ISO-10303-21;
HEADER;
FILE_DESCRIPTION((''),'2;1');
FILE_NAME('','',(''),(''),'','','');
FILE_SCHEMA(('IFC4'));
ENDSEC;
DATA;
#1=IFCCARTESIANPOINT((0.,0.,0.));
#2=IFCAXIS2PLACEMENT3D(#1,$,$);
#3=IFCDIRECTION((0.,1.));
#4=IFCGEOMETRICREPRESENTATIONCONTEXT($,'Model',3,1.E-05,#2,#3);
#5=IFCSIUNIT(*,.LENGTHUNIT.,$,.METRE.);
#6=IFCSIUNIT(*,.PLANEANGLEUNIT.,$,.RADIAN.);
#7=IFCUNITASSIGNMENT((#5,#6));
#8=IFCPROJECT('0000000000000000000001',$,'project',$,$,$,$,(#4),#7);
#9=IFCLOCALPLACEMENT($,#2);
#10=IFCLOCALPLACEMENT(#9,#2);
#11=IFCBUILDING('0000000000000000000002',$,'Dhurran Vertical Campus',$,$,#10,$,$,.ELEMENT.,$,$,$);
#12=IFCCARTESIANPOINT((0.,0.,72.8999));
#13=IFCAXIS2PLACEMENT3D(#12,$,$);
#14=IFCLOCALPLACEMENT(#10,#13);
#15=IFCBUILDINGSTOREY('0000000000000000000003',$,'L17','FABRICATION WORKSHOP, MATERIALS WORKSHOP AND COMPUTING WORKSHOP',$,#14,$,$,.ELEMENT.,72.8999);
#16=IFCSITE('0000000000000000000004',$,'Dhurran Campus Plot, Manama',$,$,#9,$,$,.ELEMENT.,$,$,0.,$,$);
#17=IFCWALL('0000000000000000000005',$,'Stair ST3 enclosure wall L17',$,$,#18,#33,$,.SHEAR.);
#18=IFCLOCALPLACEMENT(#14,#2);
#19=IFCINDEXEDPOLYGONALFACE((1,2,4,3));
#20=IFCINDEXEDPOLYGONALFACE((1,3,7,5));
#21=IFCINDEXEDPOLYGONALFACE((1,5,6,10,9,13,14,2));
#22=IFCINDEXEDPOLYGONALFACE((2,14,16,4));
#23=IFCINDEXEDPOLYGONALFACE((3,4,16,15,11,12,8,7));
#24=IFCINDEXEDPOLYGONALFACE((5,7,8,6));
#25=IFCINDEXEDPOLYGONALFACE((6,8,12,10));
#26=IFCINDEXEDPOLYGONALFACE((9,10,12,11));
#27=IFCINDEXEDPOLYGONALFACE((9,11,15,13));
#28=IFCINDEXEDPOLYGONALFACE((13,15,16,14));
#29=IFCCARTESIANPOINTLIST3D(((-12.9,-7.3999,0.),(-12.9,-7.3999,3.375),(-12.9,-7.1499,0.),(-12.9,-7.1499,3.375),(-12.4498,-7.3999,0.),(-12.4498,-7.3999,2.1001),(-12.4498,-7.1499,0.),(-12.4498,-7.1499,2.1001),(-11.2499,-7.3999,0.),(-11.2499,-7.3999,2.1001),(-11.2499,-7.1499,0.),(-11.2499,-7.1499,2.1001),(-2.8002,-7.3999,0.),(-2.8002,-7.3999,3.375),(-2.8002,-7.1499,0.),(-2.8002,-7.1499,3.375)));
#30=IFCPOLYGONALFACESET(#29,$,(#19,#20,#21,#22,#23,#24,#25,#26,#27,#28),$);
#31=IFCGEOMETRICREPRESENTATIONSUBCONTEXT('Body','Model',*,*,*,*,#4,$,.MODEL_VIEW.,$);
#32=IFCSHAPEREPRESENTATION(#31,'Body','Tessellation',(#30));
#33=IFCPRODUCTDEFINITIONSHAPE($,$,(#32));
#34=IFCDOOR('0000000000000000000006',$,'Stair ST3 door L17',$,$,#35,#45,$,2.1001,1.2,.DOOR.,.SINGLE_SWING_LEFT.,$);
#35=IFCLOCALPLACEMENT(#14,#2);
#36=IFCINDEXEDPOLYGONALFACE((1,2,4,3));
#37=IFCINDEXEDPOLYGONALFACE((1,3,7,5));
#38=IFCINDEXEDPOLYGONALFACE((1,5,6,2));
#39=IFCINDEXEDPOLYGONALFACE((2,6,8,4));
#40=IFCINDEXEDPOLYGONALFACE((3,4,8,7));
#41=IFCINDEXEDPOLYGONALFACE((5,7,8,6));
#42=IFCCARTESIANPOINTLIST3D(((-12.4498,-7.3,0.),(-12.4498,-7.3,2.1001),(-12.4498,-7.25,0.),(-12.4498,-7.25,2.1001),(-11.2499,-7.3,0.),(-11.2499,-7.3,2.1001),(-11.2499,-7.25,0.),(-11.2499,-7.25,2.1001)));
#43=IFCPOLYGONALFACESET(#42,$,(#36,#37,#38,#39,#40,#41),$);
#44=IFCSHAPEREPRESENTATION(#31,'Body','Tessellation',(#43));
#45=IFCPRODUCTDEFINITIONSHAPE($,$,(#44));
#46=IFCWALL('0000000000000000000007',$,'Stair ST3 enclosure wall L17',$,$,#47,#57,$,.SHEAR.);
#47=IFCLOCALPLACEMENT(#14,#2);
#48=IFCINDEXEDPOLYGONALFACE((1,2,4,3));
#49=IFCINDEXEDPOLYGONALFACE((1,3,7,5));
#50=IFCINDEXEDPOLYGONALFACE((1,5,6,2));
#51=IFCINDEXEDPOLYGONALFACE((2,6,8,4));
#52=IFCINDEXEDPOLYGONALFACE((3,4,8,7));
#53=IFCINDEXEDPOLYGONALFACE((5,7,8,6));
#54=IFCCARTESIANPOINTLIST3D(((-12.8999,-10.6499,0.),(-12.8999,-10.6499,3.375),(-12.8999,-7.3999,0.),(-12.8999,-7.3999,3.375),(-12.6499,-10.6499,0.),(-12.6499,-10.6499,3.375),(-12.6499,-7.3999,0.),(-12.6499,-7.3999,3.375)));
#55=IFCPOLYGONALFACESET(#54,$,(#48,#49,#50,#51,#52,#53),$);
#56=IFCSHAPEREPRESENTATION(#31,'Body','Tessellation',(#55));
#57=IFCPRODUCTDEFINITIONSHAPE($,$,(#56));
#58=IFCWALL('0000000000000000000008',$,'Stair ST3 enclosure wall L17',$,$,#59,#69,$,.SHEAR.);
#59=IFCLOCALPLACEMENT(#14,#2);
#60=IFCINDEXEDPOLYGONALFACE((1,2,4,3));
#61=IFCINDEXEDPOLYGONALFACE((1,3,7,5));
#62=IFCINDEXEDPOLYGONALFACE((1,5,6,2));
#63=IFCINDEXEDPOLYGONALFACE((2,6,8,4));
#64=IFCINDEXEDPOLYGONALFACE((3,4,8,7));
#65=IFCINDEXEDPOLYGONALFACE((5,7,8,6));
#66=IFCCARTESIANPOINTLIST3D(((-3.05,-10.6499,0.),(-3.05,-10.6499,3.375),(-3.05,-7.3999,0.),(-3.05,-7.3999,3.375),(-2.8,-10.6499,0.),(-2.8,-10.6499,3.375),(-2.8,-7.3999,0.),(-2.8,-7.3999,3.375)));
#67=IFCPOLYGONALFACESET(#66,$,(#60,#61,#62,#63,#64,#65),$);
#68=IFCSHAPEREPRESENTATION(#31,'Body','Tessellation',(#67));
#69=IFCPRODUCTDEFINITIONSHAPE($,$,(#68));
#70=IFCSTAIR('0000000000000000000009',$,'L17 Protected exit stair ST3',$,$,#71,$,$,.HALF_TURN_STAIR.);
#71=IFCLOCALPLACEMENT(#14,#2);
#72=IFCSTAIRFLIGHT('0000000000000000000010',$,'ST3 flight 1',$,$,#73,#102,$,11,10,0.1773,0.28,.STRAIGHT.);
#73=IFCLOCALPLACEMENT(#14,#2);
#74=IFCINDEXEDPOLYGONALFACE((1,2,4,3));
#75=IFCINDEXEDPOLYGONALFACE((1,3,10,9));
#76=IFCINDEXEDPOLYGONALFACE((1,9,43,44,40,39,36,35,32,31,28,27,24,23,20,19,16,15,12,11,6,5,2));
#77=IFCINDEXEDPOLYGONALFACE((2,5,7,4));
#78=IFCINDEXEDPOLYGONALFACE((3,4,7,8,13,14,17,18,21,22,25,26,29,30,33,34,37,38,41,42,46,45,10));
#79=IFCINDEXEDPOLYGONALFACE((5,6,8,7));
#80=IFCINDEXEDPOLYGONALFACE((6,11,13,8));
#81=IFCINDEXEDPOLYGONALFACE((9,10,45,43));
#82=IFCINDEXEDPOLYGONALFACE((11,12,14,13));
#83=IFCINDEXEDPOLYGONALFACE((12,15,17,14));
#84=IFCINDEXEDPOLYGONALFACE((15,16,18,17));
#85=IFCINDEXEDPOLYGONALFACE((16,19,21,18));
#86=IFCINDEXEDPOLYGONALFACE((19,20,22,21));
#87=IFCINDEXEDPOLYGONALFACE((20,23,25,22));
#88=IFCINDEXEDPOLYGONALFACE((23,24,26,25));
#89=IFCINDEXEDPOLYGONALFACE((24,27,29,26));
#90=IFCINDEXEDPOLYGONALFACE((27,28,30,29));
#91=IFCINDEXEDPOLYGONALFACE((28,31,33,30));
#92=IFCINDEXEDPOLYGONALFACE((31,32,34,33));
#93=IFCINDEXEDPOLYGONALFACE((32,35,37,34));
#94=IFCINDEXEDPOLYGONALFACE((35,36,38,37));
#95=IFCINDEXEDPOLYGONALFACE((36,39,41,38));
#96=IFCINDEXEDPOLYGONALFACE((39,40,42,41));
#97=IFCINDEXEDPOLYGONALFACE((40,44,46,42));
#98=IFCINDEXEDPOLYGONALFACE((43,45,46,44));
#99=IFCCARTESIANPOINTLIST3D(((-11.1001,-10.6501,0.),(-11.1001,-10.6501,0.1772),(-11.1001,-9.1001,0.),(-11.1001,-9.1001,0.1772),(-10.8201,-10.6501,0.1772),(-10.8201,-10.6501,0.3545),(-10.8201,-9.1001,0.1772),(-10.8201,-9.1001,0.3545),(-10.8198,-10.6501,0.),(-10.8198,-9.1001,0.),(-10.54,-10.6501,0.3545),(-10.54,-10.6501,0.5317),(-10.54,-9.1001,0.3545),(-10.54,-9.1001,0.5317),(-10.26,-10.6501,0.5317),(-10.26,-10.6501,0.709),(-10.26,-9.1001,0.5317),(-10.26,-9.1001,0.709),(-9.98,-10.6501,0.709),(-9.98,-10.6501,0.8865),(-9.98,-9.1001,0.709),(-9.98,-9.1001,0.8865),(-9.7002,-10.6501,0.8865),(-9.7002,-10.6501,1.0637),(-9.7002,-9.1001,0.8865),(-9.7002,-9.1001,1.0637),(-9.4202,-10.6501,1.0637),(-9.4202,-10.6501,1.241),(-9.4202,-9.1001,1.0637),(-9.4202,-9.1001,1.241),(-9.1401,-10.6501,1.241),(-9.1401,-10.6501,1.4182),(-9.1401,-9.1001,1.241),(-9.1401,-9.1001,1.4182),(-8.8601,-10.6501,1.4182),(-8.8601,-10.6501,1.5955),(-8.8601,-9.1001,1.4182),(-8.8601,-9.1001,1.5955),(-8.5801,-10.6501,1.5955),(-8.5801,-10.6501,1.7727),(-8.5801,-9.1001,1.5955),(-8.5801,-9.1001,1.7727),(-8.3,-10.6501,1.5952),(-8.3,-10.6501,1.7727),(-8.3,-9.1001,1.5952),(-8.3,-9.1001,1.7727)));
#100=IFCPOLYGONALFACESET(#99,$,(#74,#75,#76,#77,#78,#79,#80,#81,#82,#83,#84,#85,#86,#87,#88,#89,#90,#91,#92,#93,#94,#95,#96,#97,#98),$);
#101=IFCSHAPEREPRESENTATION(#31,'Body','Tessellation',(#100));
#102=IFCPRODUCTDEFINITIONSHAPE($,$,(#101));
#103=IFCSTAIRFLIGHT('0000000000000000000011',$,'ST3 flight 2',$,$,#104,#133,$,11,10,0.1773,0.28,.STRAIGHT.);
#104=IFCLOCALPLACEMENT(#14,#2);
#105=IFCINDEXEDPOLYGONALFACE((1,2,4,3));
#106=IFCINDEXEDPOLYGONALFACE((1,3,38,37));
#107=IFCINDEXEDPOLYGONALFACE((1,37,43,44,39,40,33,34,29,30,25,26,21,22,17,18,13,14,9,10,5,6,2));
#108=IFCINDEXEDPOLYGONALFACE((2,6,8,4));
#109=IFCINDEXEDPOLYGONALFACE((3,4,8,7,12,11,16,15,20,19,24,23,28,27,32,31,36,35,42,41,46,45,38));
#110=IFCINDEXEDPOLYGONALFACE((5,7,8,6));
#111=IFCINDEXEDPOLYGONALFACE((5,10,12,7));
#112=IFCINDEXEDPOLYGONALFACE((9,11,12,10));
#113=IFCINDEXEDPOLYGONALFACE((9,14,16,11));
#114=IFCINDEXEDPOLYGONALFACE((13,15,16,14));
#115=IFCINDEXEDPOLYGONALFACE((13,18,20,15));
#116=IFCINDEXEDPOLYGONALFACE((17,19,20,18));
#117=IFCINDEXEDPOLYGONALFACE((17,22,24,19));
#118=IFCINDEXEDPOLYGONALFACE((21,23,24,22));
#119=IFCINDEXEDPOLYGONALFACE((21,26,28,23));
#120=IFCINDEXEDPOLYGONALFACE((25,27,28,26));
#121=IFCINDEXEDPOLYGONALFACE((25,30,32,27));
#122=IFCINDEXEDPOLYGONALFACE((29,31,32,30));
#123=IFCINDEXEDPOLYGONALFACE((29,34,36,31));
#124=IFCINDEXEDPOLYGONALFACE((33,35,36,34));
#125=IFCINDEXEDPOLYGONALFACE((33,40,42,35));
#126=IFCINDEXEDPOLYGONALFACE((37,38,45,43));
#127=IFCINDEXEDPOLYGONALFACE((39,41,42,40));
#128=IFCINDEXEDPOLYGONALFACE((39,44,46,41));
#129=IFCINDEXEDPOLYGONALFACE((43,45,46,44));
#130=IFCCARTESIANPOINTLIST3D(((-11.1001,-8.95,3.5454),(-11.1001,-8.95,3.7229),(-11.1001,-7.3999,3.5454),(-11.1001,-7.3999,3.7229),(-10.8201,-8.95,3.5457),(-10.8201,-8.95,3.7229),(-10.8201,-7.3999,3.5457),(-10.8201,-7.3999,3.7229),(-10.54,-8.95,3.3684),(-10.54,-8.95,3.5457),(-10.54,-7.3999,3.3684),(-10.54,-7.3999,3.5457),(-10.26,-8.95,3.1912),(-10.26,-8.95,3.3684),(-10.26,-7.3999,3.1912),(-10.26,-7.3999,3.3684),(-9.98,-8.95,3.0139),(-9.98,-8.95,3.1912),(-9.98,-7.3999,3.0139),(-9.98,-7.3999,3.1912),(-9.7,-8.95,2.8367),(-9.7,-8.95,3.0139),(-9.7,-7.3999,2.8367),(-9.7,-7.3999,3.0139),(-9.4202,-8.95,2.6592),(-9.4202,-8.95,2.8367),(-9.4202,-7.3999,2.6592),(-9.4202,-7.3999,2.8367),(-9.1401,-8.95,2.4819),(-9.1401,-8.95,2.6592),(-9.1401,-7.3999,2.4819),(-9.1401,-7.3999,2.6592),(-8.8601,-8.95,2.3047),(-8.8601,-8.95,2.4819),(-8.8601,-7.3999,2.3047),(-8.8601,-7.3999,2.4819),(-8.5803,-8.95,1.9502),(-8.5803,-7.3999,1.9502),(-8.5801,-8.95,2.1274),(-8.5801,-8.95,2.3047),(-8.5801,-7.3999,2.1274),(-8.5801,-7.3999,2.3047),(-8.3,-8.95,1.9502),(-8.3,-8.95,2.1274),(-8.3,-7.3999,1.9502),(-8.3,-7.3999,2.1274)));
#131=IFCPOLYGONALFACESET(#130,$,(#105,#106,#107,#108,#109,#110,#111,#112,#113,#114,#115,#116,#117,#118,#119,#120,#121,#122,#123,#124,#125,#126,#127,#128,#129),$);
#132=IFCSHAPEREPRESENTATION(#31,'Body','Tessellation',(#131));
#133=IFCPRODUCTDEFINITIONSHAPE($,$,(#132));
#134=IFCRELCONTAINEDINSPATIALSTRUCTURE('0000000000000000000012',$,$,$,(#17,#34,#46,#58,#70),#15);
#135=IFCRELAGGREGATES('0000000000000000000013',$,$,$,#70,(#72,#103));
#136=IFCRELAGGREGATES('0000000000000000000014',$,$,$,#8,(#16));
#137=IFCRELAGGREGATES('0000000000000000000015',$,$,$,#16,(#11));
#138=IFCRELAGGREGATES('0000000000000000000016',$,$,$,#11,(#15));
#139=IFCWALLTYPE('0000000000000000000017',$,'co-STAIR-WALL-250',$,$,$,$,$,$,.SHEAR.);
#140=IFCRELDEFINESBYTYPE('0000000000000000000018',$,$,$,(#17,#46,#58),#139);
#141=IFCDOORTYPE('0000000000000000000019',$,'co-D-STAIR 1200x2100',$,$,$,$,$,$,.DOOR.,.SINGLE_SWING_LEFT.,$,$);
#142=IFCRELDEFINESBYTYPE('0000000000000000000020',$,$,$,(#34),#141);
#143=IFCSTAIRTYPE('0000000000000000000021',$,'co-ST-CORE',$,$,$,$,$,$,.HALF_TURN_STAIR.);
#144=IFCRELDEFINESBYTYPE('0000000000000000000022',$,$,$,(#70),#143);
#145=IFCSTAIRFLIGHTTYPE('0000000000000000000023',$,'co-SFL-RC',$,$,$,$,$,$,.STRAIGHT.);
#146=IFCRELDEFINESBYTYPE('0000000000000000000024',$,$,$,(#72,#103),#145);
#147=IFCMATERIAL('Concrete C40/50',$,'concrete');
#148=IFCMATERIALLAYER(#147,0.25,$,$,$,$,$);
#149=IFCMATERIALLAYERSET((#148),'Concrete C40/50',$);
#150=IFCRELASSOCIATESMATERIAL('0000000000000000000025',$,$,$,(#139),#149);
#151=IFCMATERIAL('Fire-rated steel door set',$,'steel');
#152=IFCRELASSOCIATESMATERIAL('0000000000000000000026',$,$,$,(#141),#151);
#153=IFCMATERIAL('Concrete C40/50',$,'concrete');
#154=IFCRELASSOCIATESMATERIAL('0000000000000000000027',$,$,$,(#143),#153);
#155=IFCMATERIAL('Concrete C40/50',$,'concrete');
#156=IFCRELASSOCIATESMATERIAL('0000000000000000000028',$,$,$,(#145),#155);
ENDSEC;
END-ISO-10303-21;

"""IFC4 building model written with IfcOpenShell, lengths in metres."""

from ifc_helpers import new_model, si_unit, direction, frame, frame_2d, origin, place, context, subcontext, project, spatial, polyline, rectangle, outline, extrude, material, layer, layer_set, type_object, element, fill, aggregate, save


model = new_model("IFC4")

# Units and contexts
model_context = context("Model", 3, precision=1e-05, world=origin(), true_north=direction((0.0, 1.0)))
body_context = subcontext(model_context, "Body", "Model", "MODEL_VIEW")
ifc_project = project(units=[si_unit("LENGTHUNIT", "METRE"), si_unit("PLANEANGLEUNIT", "RADIAN")], contexts=[model_context])

# Site, building, storey
site_placement = place(None, origin())
site = spatial("IfcSite", under=ifc_project, at=site_placement, Name="Dhurran Campus Plot, Manama", CompositionType="ELEMENT", RefElevation=0.0)
building_placement = place(site_placement, origin())
building = spatial("IfcBuilding", under=site, at=building_placement, Name="Dhurran Vertical Campus", CompositionType="ELEMENT")
storey_placement = place(building_placement, frame((0.0, 0.0, 72.8999)))
storey = spatial("IfcBuildingStorey", under=building, at=storey_placement, Name="L17", Description="FABRICATION WORKSHOP, MATERIALS WORKSHOP AND COMPUTING WORKSHOP", CompositionType="ELEMENT", Elevation=72.8999)

# Wall, opening, door
ifc_material_1 = material(Name="Concrete C40/50", Category="concrete")
ifc_layer_1 = layer(ifc_material_1, 0.25)
ifc_layer_set_1 = layer_set([ifc_layer_1], Name="Concrete C40/50")
wall_type_1 = type_object("IfcWallType", Name="co-STAIR-WALL-250", PredefinedType="SHEAR", material=ifc_layer_set_1)
wall_1_placement = place(storey_placement, frame((-12.8999, -7.2749, 0.0), z_axis=(0.0, 0.0, 1.0), x_axis=(1.0, 0.0, 0.0)))
wall_1 = element("IfcWall", 1, at=wall_1_placement, inside=storey, type_object=wall_type_1, Name="Stair ST3 enclosure wall L17", PredefinedType="SHEAR", context=body_context, shape_type="SweptSolid", body=[
    extrude(rectangle(XDim=10.0999, YDim=0.25, at=frame_2d((5.0498, 0.0))), origin(), (0.0, 0.0, 1.0), 3.375),
])
opening_1_placement = place(wall_1_placement, frame((0.45, 0.0, 0.0)))
opening_1 = element("IfcOpeningElement", 2, at=opening_1_placement, cuts=wall_1, PredefinedType="OPENING", context=body_context, shape_type="SweptSolid", body=[
    extrude(rectangle(XDim=1.2, YDim=2.1001, at=frame_2d((0.6001, 1.05))), frame((0.0, 0.135, 0.0), z_axis=(0.0, -1.0, 0.0), x_axis=(1.0, 0.0, 0.0)), (0.0, 0.0, 1.0), 0.27),
])
ifc_material_2 = material(Name="Fire-rated steel door set", Category="steel")
door_type_1 = type_object("IfcDoorType", Name="co-D-STAIR 1200x2100", OperationType="SINGLE_SWING_LEFT", PredefinedType="DOOR", material=ifc_material_2)
door_1_placement = place(opening_1_placement, origin())
door_1 = element("IfcDoor", 3, at=door_1_placement, inside=storey, type_object=door_type_1, Name="Stair ST3 door L17", OperationType="SINGLE_SWING_LEFT", OverallHeight=2.1001, OverallWidth=1.2, PredefinedType="DOOR", context=body_context, shape_type="SweptSolid", body=[
    extrude(rectangle(XDim=1.2, YDim=2.1001, at=frame_2d((0.6001, 1.05))), frame((0.0, 0.0249, 0.0), z_axis=(0.0, -1.0, 0.0), x_axis=(1.0, 0.0, 0.0)), (0.0, 0.0, 1.0), 0.05),
])
fill(opening_1, door_1)

# Walls
for number, where, z_axis, x_axis, name in (
    (4, (-12.7749, -10.6499, 0.0), (0.0, 0.0, 1.0), (0.0, 1.0, 0.0), "Stair ST3 enclosure wall L17"),
    (5, (-2.925, -10.6499, 0.0), (0.0, 0.0, 1.0), (0.0, 1.0, 0.0), "Stair ST3 enclosure wall L17"),
):
    element("IfcWall", number, at=place(storey_placement, frame(where, z_axis=z_axis, x_axis=x_axis)), inside=storey, type_object=wall_type_1, Name=name, PredefinedType="SHEAR", context=body_context, shape_type="SweptSolid", body=[
        extrude(rectangle(XDim=3.25, YDim=0.25, at=frame_2d((1.625, 0.0))), origin(), (0.0, 0.0, 1.0), 3.375),
    ])

# Stair, stair flights
ifc_material_3 = material(Name="Concrete C40/50", Category="concrete")
stair_type = type_object("IfcStairType", Name="co-ST-CORE", PredefinedType="HALF_TURN_STAIR", material=ifc_material_3)
stair_placement = place(storey_placement, origin())
stair = element("IfcStair", 6, at=stair_placement, inside=storey, type_object=stair_type, Name="L17 Protected exit stair ST3", PredefinedType="HALF_TURN_STAIR")
ifc_material_4 = material(Name="Concrete C40/50", Category="concrete")
stair_flight_type = type_object("IfcStairFlightType", Name="co-SFL-RC", PredefinedType="STRAIGHT", material=ifc_material_4)
stair_flight_1_placement = place(storey_placement, frame((-11.1001, -9.875, 0.0), z_axis=(0.0, 0.0, 1.0), x_axis=(1.0, 0.0, 0.0)))
stair_flight_1 = element("IfcStairFlight", 7, at=stair_flight_1_placement, type_object=stair_flight_type, Name="ST3 flight 1", NumberOfRisers=11, NumberOfTreads=10, PredefinedType="STRAIGHT", RiserHeight=0.1773, TreadLength=0.28, context=body_context, shape_type="SweptSolid", body=[
    extrude(outline(polyline([(0.0, 0.0), (0.0, 0.1772), (0.28, 0.1772), (0.28, 0.3545), (0.5601, 0.3545), (0.5601, 0.5317), (0.8401, 0.5317), (0.8401, 0.709), (1.1201, 0.709), (1.1201, 0.8865), (1.3999, 0.8865), (1.3999, 1.0637), (1.6799, 1.0637), (1.6799, 1.241), (1.96, 1.241), (1.96, 1.4182), (2.24, 1.4182), (2.24, 1.5955), (2.52, 1.5955), (2.52, 1.7727), (2.8, 1.7727), (2.8, 1.95), (2.8, 1.5952), (0.2803, 0.0), (0.0, 0.0)])), frame((0.0, 0.7749, 0.0), z_axis=(0.0, -1.0, 0.0), x_axis=(1.0, 0.0, 0.0)), (0.0, 0.0, 1.0), 1.55),
])
stair_flight_2_placement = place(storey_placement, frame((-8.3, -8.175, 1.9502), z_axis=(0.0, 0.0, 1.0), x_axis=(-1.0, 0.0, 0.0)))
stair_flight_2 = element("IfcStairFlight", 8, at=stair_flight_2_placement, type_object=stair_flight_type, Name="ST3 flight 2", NumberOfRisers=11, NumberOfTreads=10, PredefinedType="STRAIGHT", RiserHeight=0.1773, TreadLength=0.28, context=body_context, shape_type="SweptSolid", body=[
    extrude(outline(polyline([(0.0, 0.0), (0.0, 0.1772), (0.28, 0.1772), (0.28, 0.3545), (0.5601, 0.3545), (0.5601, 0.5317), (0.8401, 0.5317), (0.8401, 0.709), (1.1201, 0.709), (1.1201, 0.8865), (1.3999, 0.8865), (1.3999, 1.0637), (1.6799, 1.0637), (1.6799, 1.241), (1.96, 1.241), (1.96, 1.4182), (2.24, 1.4182), (2.24, 1.5955), (2.52, 1.5955), (2.52, 1.7727), (2.8, 1.7727), (2.8, 1.95), (2.8, 1.5952), (0.2803, 0.0), (0.0, 0.0)])), frame((0.0, 0.7749, 0.0), z_axis=(0.0, -1.0, 0.0), x_axis=(1.0, 0.0, 0.0)), (0.0, 0.0, 1.0), 1.55),
])
aggregate(stair, [stair_flight_1, stair_flight_2])

save(model, "model.ifc")
